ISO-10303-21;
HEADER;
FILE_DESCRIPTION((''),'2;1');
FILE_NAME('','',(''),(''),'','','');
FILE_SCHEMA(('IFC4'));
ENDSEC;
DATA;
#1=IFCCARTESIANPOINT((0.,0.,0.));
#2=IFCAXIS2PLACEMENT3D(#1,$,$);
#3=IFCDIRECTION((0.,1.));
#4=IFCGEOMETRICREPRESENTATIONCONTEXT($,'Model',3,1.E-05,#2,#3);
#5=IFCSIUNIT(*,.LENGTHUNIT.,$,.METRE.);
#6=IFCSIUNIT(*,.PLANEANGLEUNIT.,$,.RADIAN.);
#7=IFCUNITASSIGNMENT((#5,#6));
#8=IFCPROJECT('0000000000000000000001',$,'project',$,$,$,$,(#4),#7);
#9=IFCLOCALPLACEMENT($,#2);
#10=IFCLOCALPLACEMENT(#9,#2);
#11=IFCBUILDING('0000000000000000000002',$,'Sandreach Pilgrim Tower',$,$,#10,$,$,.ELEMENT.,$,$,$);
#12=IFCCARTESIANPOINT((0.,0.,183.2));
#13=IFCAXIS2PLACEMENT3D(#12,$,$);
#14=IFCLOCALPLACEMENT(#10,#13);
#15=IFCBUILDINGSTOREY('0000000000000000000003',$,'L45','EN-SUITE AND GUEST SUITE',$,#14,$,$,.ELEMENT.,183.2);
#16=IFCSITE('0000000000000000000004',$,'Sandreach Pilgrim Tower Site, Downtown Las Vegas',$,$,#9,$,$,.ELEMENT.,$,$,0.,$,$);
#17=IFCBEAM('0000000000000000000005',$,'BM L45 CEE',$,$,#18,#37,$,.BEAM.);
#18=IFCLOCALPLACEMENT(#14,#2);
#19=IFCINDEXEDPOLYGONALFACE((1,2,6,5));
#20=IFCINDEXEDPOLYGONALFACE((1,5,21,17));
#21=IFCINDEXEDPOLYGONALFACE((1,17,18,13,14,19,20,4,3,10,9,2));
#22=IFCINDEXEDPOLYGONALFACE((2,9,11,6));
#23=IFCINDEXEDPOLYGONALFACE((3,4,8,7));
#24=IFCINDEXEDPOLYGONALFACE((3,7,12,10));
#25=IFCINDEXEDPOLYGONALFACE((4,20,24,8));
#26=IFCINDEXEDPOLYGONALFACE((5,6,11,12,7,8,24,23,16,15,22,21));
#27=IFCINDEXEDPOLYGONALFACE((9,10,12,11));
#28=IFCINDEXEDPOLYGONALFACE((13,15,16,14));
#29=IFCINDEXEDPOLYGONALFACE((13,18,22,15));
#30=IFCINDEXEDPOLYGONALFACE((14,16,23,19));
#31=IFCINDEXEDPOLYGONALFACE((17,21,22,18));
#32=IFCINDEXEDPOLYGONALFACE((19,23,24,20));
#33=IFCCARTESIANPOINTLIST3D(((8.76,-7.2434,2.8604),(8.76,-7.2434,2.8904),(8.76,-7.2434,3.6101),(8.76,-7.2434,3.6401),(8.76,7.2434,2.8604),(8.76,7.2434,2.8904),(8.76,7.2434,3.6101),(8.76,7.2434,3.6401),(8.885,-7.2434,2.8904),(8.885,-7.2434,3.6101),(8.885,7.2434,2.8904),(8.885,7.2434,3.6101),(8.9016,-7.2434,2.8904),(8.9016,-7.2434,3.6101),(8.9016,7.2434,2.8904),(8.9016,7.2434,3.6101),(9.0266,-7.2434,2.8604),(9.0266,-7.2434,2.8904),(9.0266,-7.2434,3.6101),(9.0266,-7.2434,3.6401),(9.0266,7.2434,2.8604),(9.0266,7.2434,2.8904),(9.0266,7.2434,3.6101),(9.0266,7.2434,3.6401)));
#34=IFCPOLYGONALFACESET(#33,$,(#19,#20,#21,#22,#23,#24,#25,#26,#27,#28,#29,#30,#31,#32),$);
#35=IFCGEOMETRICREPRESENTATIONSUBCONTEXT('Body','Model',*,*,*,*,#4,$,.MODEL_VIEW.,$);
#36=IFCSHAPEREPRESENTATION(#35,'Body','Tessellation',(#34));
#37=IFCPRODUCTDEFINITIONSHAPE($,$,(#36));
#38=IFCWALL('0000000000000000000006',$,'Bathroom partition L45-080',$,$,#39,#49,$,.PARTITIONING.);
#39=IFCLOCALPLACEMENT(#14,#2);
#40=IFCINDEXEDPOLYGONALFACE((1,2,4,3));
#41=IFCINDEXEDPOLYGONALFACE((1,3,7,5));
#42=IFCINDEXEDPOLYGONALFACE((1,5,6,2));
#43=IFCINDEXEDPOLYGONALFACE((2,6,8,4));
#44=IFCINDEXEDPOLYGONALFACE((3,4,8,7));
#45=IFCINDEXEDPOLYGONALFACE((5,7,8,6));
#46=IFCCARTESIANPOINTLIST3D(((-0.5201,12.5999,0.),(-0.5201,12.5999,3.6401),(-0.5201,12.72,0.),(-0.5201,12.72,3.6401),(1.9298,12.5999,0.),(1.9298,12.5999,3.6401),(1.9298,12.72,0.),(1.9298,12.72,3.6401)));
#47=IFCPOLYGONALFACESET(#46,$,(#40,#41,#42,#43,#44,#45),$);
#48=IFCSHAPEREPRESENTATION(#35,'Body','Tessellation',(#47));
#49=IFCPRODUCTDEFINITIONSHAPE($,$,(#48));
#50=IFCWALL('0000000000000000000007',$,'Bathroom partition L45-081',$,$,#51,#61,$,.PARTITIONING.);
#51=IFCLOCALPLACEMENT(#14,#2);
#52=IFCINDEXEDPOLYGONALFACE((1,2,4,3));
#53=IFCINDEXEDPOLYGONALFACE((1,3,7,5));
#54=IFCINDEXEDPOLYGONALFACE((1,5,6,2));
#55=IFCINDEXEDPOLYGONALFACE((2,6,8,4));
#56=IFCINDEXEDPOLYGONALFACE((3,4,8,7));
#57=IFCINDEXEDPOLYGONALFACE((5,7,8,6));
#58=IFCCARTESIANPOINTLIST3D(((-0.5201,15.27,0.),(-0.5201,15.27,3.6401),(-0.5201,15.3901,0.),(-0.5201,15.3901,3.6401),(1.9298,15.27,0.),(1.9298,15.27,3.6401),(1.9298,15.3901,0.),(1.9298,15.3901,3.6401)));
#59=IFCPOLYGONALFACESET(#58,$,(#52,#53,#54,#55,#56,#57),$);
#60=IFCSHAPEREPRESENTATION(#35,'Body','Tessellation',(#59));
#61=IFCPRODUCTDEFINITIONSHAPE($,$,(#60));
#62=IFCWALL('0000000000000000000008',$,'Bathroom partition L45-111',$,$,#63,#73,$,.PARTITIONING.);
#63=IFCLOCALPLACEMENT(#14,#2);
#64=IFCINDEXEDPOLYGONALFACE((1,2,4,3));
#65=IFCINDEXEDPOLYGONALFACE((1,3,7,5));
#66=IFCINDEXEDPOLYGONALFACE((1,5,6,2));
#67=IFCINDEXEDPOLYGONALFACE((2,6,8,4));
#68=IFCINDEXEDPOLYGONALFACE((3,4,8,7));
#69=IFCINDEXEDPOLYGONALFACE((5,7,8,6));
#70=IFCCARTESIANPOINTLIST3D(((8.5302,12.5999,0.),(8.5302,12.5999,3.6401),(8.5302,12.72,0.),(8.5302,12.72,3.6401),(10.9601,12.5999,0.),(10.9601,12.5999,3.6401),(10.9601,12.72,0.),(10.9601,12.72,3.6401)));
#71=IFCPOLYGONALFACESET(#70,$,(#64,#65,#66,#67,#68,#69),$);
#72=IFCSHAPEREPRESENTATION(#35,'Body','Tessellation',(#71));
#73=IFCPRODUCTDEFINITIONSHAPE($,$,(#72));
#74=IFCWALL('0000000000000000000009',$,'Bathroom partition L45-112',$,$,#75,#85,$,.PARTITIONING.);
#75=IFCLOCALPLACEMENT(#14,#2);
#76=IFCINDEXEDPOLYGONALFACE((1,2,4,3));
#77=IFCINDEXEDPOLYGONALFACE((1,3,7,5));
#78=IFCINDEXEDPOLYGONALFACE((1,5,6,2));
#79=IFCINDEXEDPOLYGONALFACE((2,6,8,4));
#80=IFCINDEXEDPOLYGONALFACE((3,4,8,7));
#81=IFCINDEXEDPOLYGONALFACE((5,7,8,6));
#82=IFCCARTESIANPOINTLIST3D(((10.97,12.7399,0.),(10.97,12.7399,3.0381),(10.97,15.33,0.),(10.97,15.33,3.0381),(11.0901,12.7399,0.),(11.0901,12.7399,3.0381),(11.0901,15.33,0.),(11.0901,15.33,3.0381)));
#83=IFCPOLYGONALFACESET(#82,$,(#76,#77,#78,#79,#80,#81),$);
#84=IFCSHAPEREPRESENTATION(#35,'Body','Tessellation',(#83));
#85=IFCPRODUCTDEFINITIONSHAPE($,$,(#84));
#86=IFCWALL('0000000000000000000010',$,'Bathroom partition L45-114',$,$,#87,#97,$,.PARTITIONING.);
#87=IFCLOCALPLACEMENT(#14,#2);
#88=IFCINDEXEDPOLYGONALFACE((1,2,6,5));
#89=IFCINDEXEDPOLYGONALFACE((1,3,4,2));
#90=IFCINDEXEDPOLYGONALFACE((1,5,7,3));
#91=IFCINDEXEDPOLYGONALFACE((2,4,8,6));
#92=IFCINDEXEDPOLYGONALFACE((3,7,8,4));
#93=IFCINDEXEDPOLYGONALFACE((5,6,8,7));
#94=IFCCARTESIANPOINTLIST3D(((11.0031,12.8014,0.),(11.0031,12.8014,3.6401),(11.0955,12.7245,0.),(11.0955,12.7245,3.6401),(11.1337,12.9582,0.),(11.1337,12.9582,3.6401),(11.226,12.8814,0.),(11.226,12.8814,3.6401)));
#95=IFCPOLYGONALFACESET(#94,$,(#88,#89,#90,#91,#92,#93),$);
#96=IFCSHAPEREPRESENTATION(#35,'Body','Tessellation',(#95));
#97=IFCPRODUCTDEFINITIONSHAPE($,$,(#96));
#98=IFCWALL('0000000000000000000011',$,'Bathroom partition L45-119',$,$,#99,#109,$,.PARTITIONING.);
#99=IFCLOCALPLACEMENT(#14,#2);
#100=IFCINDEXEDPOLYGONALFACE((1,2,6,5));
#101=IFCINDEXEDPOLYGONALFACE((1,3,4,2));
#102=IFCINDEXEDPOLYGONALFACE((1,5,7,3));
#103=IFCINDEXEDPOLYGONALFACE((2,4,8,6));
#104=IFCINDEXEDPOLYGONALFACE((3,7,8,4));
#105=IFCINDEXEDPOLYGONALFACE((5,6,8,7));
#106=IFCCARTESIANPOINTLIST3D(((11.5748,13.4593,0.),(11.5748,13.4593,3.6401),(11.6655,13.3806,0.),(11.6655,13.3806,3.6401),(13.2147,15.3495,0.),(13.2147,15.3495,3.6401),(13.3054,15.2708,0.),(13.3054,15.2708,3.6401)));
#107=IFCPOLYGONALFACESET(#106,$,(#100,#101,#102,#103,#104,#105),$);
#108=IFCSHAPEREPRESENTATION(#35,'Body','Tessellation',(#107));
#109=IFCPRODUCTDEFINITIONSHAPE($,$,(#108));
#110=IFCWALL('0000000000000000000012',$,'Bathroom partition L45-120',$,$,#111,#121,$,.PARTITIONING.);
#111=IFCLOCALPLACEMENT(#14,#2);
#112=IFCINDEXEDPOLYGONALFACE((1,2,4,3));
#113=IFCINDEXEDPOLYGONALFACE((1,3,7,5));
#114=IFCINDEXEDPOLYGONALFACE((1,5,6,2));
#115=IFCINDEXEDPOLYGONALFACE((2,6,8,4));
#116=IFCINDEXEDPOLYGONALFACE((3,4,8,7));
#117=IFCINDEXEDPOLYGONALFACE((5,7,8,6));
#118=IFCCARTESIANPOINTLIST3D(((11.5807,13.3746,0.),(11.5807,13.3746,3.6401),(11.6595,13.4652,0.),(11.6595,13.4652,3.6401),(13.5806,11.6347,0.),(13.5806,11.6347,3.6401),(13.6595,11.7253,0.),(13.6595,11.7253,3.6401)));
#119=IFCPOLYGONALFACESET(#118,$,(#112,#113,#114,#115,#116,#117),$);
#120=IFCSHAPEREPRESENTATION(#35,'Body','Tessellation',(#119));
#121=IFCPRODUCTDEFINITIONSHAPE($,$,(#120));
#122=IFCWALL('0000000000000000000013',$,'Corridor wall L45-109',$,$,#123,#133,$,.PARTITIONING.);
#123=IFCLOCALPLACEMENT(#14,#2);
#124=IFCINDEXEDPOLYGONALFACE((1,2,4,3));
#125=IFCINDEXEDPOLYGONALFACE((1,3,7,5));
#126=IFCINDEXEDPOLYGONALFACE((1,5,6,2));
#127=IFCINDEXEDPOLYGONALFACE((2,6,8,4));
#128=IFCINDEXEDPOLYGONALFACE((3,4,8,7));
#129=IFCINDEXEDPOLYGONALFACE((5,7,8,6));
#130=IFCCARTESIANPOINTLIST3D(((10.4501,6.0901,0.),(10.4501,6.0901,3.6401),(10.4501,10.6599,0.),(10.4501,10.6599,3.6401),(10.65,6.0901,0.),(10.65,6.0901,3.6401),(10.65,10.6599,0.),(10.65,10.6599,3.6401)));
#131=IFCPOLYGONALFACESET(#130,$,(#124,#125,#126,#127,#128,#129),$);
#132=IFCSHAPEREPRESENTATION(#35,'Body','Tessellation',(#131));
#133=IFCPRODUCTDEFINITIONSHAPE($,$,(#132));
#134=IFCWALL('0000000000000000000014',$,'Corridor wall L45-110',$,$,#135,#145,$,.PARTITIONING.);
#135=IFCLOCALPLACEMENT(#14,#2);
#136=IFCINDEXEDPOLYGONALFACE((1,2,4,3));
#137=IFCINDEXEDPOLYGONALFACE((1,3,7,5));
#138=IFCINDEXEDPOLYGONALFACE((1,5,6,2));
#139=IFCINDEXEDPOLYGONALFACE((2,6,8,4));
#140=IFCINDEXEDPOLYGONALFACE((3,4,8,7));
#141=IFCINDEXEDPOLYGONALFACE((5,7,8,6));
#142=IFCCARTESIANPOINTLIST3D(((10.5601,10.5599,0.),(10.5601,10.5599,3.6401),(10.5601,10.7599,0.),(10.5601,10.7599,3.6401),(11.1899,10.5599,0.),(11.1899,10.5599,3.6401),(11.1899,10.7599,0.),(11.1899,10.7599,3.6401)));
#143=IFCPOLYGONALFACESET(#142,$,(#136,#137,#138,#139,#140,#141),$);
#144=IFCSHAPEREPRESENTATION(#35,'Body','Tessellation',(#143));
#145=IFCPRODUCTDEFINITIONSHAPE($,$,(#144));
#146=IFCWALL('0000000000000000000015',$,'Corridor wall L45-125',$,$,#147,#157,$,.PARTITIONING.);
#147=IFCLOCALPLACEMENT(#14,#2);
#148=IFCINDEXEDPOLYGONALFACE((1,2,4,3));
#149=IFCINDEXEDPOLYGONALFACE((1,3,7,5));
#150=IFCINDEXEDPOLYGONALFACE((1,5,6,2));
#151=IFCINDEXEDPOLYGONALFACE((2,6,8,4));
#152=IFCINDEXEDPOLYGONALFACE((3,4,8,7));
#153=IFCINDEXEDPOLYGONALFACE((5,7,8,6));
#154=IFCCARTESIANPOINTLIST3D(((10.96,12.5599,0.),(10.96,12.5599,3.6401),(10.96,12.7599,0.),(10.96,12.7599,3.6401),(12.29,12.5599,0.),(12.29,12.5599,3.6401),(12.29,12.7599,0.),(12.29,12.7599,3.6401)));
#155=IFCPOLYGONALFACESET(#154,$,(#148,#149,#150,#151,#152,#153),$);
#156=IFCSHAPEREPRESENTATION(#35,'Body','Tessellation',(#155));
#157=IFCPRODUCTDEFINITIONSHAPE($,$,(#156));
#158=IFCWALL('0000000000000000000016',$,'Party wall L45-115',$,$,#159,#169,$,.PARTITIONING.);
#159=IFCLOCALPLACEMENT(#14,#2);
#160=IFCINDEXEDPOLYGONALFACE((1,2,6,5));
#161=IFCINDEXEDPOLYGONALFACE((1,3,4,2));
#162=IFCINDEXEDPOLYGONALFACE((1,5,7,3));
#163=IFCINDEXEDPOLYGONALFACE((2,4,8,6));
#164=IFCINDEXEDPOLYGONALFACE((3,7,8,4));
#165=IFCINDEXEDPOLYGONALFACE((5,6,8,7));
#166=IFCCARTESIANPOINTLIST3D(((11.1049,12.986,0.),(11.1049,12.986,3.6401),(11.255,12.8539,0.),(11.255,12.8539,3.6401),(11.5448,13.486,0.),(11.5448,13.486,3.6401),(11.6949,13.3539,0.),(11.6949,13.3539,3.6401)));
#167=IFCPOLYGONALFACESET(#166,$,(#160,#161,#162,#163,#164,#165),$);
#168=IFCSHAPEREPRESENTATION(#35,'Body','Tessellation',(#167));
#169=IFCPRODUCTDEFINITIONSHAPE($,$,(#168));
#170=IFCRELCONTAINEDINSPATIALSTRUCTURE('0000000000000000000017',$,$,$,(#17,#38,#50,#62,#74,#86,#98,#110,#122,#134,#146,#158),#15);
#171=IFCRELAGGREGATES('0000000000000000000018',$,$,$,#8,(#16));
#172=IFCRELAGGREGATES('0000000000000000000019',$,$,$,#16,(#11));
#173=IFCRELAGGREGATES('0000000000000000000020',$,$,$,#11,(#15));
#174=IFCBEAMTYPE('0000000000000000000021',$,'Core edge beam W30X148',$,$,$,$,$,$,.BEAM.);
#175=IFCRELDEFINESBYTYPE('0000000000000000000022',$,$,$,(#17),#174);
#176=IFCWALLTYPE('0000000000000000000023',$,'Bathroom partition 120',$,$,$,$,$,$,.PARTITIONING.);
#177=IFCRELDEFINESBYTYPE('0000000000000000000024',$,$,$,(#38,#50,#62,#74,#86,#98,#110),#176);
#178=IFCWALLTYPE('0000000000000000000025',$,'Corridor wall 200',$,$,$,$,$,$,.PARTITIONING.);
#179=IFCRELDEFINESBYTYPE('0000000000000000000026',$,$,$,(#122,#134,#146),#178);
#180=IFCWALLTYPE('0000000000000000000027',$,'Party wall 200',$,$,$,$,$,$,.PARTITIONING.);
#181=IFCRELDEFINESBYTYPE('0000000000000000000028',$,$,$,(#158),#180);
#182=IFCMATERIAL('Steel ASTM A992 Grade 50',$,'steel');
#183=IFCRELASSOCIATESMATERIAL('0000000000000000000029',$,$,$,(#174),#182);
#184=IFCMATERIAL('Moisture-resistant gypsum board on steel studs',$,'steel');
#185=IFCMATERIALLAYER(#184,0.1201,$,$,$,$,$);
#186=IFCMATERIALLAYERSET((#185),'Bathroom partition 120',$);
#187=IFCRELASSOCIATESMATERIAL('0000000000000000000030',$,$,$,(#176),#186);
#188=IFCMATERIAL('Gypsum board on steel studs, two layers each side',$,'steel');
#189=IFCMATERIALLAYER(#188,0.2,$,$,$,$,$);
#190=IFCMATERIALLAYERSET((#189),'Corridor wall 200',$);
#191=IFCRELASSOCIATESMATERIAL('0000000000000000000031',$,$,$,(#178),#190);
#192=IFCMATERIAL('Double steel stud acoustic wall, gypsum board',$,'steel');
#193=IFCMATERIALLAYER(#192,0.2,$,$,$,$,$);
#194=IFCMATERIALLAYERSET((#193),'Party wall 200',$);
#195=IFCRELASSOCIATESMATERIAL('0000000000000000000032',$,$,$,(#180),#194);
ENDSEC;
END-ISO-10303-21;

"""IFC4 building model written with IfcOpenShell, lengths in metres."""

from ifc_helpers import new_model, si_unit, direction, frame, frame_2d, origin, origin_2d, place, context, subcontext, project, spatial, rectangle, i_section, extrude, material, layer, layer_set, material_profile, profile_set, type_object, element, save


model = new_model("IFC4")

# Units and contexts
model_context = context("Model", 3, precision=1e-05, world=origin(), true_north=direction((0.0, 1.0)))
body_context = subcontext(model_context, "Body", "Model", "MODEL_VIEW")
ifc_project = project(units=[si_unit("LENGTHUNIT", "METRE"), si_unit("PLANEANGLEUNIT", "RADIAN")], contexts=[model_context])

# Site, building, storey
site_placement = place(None, origin())
site = spatial("IfcSite", under=ifc_project, at=site_placement, Name="Sandreach Pilgrim Tower Site, Downtown Las Vegas", CompositionType="ELEMENT", RefElevation=0.0)
building_placement = place(site_placement, origin())
building = spatial("IfcBuilding", under=site, at=building_placement, Name="Sandreach Pilgrim Tower", CompositionType="ELEMENT")
storey_placement = place(building_placement, frame((0.0, 0.0, 183.2)))
storey = spatial("IfcBuildingStorey", under=building, at=storey_placement, Name="L45", Description="EN-SUITE AND GUEST SUITE", CompositionType="ELEMENT", Elevation=183.2)

# Beam
ifc_material_1 = material(Name="Steel ASTM A992 Grade 50", Category="steel")
ifc_material_profile = material_profile(ifc_material_1, i_section(OverallWidth=0.2666, OverallDepth=0.7798, WebThickness=0.0166, FlangeThickness=0.03, at=origin_2d()), Name="W30X148")
ifc_profile_set = profile_set([ifc_material_profile], Name="Steel ASTM A992 Grade 50")
beam_type = type_object("IfcBeamType", Name="Core edge beam W30X148", PredefinedType="BEAM", material=ifc_profile_set)
beam_placement = place(storey_placement, frame((8.8933, 7.2434, 3.2502), z_axis=(0.0, -1.0, 0.0), x_axis=(1.0, 0.0, 0.0)))
element("IfcBeam", 1, at=beam_placement, inside=storey, type_object=beam_type, Name="BM L45 CEE", PredefinedType="BEAM", context=body_context, shape_type="SweptSolid", body=[
    extrude(i_section(OverallWidth=0.2666, OverallDepth=0.7798, WebThickness=0.0166, FlangeThickness=0.03, at=origin_2d()), origin(), (0.0, 0.0, 1.0), 14.4868),
])

# Walls
ifc_material_2 = material(Name="Moisture-resistant gypsum board on steel studs", Category="steel")
ifc_layer_1 = layer(ifc_material_2, 0.1201)
ifc_layer_set_1 = layer_set([ifc_layer_1], Name="Bathroom partition 120")
wall_type_1 = type_object("IfcWallType", Name="Bathroom partition 120", PredefinedType="PARTITIONING", material=ifc_layer_set_1)
for number, where, z_axis, x_axis, name in (
    (2, (1.9299, 12.6599, 0.0), (0.0, 0.0, 1.0), (-1.0, 0.0, 0.0), "Bathroom partition L45-080"),
    (3, (1.9299, 15.3301, 0.0), (0.0, 0.0, 1.0), (-1.0, 0.0, 0.0), "Bathroom partition L45-081"),
):
    element("IfcWall", number, at=place(storey_placement, frame(where, z_axis=z_axis, x_axis=x_axis)), inside=storey, type_object=wall_type_1, Name=name, PredefinedType="PARTITIONING", context=body_context, shape_type="SweptSolid", body=[
        extrude(rectangle(XDim=2.45, YDim=0.1201, at=frame_2d((1.2251, 0.0))), origin(), (0.0, 0.0, 1.0), 3.6401),
    ])
wall_1_placement = place(storey_placement, frame((10.96, 12.6599, 0.0), z_axis=(0.0, 0.0, 1.0), x_axis=(-1.0, 0.0, 0.0)))
element("IfcWall", 4, at=wall_1_placement, inside=storey, type_object=wall_type_1, Name="Bathroom partition L45-111", PredefinedType="PARTITIONING", context=body_context, shape_type="SweptSolid", body=[
    extrude(rectangle(XDim=2.4299, YDim=0.1201, at=frame_2d((1.2148, 0.0))), origin(), (0.0, 0.0, 1.0), 3.6401),
])
wall_2_placement = place(storey_placement, frame((11.03, 12.74, 0.0), z_axis=(0.0, 0.0, 1.0), x_axis=(0.0, 1.0, 0.0)))
element("IfcWall", 5, at=wall_2_placement, inside=storey, type_object=wall_type_1, Name="Bathroom partition L45-112", PredefinedType="PARTITIONING", context=body_context, shape_type="SweptSolid", body=[
    extrude(rectangle(XDim=2.5901, YDim=0.1201, at=frame_2d((1.2949, 0.0))), origin(), (0.0, 0.0, 1.0), 3.0381),
])
wall_3_placement = place(storey_placement, frame((11.0493, 12.7629, 0.0), z_axis=(0.0, 0.0, 1.0), x_axis=(0.639596, 0.768711, 0.0)))
element("IfcWall", 6, at=wall_3_placement, inside=storey, type_object=wall_type_1, Name="Bathroom partition L45-114", PredefinedType="PARTITIONING", context=body_context, shape_type="SweptSolid", body=[
    extrude(rectangle(XDim=0.2041, YDim=0.1201, at=frame_2d((0.1021, 0.0))), origin(), (0.0, 0.0, 1.0), 3.6401),
])
wall_4_placement = place(storey_placement, frame((11.6201, 13.4199, 0.0), z_axis=(0.0, 0.0, 1.0), x_axis=(0.655335, 0.755338, 0.0)))
element("IfcWall", 7, at=wall_4_placement, inside=storey, type_object=wall_type_1, Name="Bathroom partition L45-119", PredefinedType="PARTITIONING", context=body_context, shape_type="SweptSolid", body=[
    extrude(rectangle(XDim=2.5024, YDim=0.1201, at=frame_2d((1.2512, 0.0))), origin(), (0.0, 0.0, 1.0), 3.6401),
])
wall_5_placement = place(storey_placement, frame((11.6201, 13.4199, 0.0), z_axis=(0.0, 0.0, 1.0), x_axis=(0.754445, -0.656363, 0.0)))
element("IfcWall", 8, at=wall_5_placement, inside=storey, type_object=wall_type_1, Name="Bathroom partition L45-120", PredefinedType="PARTITIONING", context=body_context, shape_type="SweptSolid", body=[
    extrude(rectangle(XDim=2.6509, YDim=0.1201, at=frame_2d((1.3254, 0.0))), origin(), (0.0, 0.0, 1.0), 3.6401),
])

# Shared definitions
ifc_material_3 = material(Name="Gypsum board on steel studs, two layers each side", Category="steel")
ifc_layer_2 = layer(ifc_material_3, 0.2)
ifc_layer_set_2 = layer_set([ifc_layer_2], Name="Corridor wall 200")
wall_type_2 = type_object("IfcWallType", Name="Corridor wall 200", PredefinedType="PARTITIONING", material=ifc_layer_set_2)

# Walls
wall_6_placement = place(storey_placement, frame((10.55, 6.0901, 0.0), z_axis=(0.0, 0.0, 1.0), x_axis=(0.0, 1.0, 0.0)))
element("IfcWall", 9, at=wall_6_placement, inside=storey, type_object=wall_type_2, Name="Corridor wall L45-109", PredefinedType="PARTITIONING", context=body_context, shape_type="SweptSolid", body=[
    extrude(rectangle(XDim=4.5698, YDim=0.2, at=frame_2d((2.2849, 0.0))), origin(), (0.0, 0.0, 1.0), 3.6401),
])
wall_7_placement = place(storey_placement, frame((10.5601, 10.6599, 0.0), z_axis=(0.0, 0.0, 1.0), x_axis=(1.0, 0.0, 0.0)))
element("IfcWall", 10, at=wall_7_placement, inside=storey, type_object=wall_type_2, Name="Corridor wall L45-110", PredefinedType="PARTITIONING", context=body_context, shape_type="SweptSolid", body=[
    extrude(rectangle(XDim=0.6299, YDim=0.2, at=frame_2d((0.3149, 0.0))), origin(), (0.0, 0.0, 1.0), 3.6401),
])

# Wall
wall_8_placement = place(storey_placement, frame((12.29, 12.6599, 0.0), z_axis=(0.0, 0.0, 1.0), x_axis=(-1.0, 0.0, 0.0)))
element("IfcWall", 11, at=wall_8_placement, inside=storey, type_object=wall_type_2, Name="Corridor wall L45-125", PredefinedType="PARTITIONING", context=body_context, shape_type="SweptSolid", body=[
    extrude(rectangle(XDim=1.3301, YDim=0.2, at=frame_2d((0.665, 0.0))), origin(), (0.0, 0.0, 1.0), 3.6401),
])

# Wall
ifc_material_4 = material(Name="Double steel stud acoustic wall, gypsum board", Category="steel")
ifc_layer_3 = layer(ifc_material_4, 0.2)
ifc_layer_set_3 = layer_set([ifc_layer_3], Name="Party wall 200")
wall_type_3 = type_object("IfcWallType", Name="Party wall 200", PredefinedType="PARTITIONING", material=ifc_layer_set_3)
wall_9_placement = place(storey_placement, frame((11.1799, 12.9199, 0.0), z_axis=(0.0, 0.0, 1.0), x_axis=(0.660578, 0.750757, 0.0)))
element("IfcWall", 12, at=wall_9_placement, inside=storey, type_object=wall_type_3, Name="Party wall L45-115", PredefinedType="PARTITIONING", context=body_context, shape_type="SweptSolid", body=[
    extrude(rectangle(XDim=0.666, YDim=0.2, at=frame_2d((0.333, 0.0))), origin(), (0.0, 0.0, 1.0), 3.6401),
])

save(model, "model.ifc")
